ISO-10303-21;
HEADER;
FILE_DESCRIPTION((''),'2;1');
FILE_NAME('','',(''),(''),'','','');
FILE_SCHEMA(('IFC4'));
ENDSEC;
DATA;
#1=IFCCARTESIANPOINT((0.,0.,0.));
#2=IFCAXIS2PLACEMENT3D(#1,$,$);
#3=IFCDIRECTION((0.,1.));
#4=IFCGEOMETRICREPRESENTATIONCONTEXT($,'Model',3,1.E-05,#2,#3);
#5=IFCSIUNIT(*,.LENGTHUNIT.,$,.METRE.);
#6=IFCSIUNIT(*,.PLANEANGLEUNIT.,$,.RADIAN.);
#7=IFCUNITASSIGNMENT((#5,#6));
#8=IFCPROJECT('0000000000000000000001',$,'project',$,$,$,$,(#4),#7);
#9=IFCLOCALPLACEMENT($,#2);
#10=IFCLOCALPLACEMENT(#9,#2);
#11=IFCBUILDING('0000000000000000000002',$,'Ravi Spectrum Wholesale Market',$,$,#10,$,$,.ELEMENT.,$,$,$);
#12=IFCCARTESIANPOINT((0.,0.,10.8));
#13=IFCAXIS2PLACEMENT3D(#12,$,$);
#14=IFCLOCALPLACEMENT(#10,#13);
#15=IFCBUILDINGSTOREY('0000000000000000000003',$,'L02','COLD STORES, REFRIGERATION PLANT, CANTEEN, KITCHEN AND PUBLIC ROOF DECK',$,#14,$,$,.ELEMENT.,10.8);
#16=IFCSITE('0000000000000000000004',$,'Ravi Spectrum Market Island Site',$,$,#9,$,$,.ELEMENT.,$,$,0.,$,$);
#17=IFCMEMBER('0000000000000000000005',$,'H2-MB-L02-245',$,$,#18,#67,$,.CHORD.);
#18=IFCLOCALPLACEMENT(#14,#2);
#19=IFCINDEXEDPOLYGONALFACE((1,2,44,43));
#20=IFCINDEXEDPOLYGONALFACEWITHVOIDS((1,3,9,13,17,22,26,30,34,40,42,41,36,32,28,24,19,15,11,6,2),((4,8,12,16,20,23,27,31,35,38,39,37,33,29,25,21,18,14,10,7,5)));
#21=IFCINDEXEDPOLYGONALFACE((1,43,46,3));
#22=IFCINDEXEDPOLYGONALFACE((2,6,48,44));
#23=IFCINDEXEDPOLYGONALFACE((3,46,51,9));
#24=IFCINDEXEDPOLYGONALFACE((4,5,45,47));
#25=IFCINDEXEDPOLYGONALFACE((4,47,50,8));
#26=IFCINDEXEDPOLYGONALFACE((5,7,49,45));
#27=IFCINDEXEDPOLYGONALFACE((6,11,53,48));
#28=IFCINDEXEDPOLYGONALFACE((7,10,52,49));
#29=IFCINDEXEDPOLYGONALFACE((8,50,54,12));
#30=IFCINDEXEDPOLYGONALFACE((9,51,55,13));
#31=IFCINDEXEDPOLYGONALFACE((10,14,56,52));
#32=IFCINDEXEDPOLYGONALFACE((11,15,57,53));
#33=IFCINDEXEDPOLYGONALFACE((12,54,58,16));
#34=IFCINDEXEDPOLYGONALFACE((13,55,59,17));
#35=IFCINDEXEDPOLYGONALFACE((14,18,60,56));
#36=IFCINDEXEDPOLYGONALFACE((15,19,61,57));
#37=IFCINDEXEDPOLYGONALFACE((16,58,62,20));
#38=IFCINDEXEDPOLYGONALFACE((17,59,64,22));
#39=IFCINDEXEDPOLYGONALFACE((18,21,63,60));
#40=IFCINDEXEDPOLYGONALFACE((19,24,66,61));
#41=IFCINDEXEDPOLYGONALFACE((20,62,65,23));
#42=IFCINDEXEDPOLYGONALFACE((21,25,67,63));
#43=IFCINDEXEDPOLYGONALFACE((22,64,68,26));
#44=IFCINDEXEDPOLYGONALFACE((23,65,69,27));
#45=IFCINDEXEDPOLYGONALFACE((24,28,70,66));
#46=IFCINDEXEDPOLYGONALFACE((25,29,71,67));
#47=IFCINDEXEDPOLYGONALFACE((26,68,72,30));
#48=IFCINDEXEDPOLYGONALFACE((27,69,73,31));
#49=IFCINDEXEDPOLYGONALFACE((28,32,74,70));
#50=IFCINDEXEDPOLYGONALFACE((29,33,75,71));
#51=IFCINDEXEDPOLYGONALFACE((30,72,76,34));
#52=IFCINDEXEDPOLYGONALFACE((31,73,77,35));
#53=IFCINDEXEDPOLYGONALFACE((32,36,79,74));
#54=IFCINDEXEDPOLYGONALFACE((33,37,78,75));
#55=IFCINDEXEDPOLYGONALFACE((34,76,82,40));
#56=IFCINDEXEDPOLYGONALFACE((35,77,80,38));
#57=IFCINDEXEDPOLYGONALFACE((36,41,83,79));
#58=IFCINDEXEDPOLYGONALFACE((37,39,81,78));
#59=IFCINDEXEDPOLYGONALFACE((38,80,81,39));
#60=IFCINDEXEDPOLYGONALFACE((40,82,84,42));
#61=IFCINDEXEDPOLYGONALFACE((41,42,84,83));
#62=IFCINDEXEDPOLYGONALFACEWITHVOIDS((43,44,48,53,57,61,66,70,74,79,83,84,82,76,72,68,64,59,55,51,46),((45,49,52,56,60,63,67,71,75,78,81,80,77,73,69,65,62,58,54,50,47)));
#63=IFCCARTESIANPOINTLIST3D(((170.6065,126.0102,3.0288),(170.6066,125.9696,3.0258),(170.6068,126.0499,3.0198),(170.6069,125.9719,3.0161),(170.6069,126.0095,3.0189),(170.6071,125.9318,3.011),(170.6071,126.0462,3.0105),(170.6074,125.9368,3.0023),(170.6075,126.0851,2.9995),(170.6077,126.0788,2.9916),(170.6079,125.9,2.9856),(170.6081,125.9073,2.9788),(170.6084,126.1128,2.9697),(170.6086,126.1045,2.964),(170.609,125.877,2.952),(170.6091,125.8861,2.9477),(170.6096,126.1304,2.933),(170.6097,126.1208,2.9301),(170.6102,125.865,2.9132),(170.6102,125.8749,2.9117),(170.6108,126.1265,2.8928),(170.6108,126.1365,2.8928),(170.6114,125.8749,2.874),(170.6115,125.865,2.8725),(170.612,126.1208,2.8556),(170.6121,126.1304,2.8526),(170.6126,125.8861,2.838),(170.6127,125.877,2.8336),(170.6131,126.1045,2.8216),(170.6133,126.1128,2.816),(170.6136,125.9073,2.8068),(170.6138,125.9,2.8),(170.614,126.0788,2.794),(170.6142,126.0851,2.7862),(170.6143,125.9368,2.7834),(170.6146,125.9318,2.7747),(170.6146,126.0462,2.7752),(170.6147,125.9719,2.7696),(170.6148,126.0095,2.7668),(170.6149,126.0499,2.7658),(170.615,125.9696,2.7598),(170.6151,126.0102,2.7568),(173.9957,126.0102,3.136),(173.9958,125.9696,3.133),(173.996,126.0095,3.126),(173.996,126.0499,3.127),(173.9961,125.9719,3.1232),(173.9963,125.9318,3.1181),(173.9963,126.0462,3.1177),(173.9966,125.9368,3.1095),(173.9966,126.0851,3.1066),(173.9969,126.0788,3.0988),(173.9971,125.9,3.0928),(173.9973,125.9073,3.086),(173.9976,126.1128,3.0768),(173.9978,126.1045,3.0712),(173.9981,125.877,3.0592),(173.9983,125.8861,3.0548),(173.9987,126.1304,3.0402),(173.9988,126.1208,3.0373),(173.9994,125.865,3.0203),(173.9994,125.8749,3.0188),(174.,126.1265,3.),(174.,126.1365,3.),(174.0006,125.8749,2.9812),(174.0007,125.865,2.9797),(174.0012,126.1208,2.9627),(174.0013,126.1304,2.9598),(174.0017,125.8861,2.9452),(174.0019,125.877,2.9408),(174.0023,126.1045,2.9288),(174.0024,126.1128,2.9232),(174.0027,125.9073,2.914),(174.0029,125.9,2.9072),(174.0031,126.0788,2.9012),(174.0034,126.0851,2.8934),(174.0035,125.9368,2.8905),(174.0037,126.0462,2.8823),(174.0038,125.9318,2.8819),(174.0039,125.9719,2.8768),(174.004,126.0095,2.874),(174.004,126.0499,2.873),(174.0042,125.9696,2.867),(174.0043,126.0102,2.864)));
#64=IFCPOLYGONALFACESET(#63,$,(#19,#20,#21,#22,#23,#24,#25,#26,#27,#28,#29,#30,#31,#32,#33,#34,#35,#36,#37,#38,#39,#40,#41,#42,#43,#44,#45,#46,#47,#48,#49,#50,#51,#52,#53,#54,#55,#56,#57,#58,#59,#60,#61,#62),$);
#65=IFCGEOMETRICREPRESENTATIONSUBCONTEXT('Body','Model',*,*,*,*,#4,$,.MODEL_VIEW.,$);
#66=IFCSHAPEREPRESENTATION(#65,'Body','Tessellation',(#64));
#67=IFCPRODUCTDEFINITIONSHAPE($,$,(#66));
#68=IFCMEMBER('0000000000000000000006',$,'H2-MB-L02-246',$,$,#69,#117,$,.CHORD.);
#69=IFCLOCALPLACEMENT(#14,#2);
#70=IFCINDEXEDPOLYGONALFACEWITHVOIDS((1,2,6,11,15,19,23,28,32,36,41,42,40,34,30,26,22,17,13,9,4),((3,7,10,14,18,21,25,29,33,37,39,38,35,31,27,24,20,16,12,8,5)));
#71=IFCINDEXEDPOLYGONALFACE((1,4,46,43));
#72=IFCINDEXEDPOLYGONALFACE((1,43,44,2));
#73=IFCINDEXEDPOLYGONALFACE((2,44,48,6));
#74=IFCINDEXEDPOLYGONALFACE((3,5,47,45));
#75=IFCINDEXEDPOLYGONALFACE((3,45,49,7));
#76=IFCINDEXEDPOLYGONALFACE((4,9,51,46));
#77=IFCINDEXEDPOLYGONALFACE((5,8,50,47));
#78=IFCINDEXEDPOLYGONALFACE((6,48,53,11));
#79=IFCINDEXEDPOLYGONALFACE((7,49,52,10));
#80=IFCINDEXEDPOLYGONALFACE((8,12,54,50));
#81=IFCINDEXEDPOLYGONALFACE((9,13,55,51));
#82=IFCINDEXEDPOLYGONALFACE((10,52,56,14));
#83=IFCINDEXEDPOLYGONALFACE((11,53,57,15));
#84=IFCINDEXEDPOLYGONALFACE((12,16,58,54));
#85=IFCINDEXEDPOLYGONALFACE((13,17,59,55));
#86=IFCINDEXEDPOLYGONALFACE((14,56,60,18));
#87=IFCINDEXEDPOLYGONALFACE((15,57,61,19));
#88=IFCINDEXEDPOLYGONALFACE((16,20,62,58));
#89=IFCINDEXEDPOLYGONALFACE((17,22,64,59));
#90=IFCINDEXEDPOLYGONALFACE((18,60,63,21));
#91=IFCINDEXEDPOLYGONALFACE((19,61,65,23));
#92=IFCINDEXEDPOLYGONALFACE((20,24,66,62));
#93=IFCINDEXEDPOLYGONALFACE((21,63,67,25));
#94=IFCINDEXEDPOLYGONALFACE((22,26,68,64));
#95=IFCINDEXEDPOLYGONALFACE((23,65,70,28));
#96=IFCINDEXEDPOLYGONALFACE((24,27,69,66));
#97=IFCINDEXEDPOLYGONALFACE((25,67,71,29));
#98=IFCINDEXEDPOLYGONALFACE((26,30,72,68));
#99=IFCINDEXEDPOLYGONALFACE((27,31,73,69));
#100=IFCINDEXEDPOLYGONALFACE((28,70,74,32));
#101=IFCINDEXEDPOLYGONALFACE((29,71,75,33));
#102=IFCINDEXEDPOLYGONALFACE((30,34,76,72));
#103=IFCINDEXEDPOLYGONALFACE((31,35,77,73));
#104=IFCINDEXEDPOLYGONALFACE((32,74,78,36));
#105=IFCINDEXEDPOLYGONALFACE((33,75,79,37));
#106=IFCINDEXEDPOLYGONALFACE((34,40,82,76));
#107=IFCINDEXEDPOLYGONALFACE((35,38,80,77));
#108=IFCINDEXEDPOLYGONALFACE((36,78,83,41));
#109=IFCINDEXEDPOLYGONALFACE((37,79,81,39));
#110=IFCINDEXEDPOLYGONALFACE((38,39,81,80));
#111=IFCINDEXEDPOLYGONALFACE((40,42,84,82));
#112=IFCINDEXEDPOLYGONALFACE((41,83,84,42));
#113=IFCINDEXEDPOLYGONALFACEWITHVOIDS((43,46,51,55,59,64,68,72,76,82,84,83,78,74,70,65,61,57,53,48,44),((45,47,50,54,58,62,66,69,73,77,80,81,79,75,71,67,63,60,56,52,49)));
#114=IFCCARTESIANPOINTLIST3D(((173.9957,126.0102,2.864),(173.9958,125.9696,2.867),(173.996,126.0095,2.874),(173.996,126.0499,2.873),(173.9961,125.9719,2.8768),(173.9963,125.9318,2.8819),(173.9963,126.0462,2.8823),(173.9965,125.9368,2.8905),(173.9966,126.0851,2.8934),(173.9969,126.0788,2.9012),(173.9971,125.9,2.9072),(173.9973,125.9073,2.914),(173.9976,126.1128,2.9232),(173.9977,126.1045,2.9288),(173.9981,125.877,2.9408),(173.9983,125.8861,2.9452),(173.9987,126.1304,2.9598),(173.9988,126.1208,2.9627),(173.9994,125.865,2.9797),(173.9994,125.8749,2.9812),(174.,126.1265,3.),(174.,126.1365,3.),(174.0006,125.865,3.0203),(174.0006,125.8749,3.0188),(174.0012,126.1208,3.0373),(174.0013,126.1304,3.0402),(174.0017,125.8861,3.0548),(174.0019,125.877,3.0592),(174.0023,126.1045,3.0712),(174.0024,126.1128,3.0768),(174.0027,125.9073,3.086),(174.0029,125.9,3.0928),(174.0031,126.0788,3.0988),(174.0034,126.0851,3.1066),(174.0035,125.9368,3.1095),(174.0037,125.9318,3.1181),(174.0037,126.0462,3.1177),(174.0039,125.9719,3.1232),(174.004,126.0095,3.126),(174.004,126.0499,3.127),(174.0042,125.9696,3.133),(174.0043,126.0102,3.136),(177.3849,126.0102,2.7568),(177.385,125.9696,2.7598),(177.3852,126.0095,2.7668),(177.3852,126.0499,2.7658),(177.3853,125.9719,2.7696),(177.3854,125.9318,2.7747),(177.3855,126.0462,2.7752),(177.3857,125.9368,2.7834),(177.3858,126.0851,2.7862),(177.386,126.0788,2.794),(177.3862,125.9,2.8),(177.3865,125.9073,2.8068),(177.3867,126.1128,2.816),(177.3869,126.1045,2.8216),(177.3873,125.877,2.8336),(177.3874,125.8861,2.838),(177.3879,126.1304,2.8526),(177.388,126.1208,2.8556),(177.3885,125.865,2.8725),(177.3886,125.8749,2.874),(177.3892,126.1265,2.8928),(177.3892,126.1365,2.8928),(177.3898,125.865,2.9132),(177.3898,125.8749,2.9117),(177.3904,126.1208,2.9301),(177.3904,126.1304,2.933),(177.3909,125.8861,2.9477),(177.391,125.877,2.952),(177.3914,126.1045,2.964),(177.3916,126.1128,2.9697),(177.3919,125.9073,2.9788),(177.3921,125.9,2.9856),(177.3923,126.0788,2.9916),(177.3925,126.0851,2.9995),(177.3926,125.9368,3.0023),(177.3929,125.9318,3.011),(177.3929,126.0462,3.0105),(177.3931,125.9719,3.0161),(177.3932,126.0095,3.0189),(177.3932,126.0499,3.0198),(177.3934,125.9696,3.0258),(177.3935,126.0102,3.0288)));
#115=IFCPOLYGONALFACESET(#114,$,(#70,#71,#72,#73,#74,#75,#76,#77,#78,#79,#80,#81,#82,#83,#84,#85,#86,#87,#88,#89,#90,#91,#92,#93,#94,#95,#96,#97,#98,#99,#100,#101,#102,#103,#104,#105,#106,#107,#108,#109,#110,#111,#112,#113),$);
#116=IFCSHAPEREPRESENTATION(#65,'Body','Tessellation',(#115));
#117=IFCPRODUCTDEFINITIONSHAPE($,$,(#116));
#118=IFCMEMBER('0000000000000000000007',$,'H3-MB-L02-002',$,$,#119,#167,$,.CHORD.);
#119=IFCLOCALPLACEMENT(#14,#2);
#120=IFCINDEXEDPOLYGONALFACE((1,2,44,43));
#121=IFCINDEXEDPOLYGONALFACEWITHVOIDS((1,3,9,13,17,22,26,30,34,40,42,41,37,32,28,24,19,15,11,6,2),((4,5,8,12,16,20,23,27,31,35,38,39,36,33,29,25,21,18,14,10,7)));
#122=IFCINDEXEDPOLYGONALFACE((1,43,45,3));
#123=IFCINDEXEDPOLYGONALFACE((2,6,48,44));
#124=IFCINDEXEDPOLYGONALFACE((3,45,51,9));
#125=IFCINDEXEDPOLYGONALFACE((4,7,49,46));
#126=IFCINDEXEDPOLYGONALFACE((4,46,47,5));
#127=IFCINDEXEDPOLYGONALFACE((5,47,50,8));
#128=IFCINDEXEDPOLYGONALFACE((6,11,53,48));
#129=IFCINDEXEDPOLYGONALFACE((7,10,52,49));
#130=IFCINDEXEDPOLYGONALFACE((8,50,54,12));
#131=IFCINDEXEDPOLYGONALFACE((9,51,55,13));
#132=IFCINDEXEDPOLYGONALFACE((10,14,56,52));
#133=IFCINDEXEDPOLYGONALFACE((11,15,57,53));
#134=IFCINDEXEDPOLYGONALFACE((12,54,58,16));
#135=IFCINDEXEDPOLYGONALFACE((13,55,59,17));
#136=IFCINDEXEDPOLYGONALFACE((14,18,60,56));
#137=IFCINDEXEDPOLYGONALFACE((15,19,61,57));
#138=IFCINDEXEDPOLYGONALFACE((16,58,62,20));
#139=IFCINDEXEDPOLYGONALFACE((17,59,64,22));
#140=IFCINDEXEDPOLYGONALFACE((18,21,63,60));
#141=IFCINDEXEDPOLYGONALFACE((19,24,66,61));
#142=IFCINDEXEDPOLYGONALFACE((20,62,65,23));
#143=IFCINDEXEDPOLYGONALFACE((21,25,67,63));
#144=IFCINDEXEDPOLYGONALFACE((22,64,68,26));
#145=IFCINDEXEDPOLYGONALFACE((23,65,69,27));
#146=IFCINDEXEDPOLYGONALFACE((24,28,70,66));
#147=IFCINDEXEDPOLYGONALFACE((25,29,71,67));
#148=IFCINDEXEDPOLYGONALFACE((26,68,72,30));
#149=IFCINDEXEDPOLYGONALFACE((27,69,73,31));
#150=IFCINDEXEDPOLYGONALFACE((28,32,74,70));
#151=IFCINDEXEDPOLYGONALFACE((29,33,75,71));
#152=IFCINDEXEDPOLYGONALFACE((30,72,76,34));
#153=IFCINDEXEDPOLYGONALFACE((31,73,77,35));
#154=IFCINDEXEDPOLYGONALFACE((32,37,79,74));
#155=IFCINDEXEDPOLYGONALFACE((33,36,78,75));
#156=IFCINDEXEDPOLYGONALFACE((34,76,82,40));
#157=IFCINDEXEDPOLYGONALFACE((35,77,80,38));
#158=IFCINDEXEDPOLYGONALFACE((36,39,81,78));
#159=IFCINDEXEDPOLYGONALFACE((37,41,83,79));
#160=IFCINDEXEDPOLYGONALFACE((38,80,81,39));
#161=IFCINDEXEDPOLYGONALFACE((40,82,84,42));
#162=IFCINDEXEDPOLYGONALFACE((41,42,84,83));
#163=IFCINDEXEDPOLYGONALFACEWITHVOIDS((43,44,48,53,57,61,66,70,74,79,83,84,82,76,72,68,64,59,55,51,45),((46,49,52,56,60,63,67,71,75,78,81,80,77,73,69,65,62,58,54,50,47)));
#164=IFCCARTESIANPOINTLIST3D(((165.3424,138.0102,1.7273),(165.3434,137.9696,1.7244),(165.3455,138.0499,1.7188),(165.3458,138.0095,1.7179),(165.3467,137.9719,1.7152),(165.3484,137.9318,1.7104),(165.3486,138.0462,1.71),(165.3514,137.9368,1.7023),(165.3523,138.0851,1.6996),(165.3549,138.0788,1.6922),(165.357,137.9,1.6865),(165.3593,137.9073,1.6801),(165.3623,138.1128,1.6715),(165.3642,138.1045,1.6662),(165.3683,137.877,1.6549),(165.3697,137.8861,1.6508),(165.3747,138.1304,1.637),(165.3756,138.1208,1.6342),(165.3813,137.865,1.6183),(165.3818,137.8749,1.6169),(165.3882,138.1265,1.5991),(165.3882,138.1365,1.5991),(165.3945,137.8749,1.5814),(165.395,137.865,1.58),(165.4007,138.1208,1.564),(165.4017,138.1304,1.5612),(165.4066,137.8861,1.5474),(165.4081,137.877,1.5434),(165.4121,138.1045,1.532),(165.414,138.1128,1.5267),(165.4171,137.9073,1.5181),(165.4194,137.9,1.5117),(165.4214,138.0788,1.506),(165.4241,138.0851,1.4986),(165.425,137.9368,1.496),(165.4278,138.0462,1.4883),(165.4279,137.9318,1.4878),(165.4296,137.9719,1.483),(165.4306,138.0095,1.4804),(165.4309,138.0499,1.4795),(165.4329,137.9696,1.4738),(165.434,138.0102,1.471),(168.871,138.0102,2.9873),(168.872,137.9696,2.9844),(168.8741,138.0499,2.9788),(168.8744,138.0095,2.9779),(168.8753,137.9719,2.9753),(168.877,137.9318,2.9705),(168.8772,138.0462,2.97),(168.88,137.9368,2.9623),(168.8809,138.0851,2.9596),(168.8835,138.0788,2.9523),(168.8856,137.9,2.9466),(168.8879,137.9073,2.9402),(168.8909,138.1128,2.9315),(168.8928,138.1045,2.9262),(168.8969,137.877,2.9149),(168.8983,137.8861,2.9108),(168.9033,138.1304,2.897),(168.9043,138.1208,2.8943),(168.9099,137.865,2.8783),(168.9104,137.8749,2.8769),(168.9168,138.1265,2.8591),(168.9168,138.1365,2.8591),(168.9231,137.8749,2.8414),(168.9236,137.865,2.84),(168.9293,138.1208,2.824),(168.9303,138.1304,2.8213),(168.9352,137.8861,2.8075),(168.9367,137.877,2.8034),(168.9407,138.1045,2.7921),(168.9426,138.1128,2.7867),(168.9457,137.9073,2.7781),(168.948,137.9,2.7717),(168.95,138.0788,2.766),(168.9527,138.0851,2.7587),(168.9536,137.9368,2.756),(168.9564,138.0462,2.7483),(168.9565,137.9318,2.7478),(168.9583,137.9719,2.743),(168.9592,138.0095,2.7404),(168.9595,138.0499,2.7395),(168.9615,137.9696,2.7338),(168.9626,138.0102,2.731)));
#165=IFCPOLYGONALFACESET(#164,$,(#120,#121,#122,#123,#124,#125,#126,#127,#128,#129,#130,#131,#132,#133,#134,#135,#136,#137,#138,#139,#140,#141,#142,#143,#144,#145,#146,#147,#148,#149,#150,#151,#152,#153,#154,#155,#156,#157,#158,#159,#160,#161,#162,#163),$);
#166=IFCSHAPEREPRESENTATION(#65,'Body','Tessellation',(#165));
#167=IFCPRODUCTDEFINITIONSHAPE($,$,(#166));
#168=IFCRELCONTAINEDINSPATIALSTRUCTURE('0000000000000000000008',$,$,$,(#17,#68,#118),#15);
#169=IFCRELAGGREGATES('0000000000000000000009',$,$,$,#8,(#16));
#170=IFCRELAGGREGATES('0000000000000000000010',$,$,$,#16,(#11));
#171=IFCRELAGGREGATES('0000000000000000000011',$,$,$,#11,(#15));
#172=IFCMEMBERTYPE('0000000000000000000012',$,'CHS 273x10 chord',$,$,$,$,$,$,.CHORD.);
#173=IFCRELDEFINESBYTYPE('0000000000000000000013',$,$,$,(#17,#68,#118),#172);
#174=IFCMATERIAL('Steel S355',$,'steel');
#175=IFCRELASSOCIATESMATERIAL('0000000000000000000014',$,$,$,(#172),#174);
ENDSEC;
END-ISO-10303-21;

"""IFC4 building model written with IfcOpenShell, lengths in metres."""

from ifc_helpers import new_model, si_unit, direction, frame, origin, origin_2d, place, context, subcontext, project, spatial, hollow_circle, extrude, material, material_profile, profile_set, type_object, element, save


model = new_model("IFC4")

# Units and contexts
model_context = context("Model", 3, precision=1e-05, world=origin(), true_north=direction((0.0, 1.0)))
body_context = subcontext(model_context, "Body", "Model", "MODEL_VIEW")
ifc_project = project(units=[si_unit("LENGTHUNIT", "METRE"), si_unit("PLANEANGLEUNIT", "RADIAN")], contexts=[model_context])

# Site, building, storey
site_placement = place(None, origin())
site = spatial("IfcSite", under=ifc_project, at=site_placement, Name="Ravi Spectrum Market Island Site", CompositionType="ELEMENT", RefElevation=0.0)
building_placement = place(site_placement, origin())
building = spatial("IfcBuilding", under=site, at=building_placement, Name="Ravi Spectrum Wholesale Market", CompositionType="ELEMENT")
storey_placement = place(building_placement, frame((0.0, 0.0, 10.8)))
storey = spatial("IfcBuildingStorey", under=building, at=storey_placement, Name="L02", Description="COLD STORES, REFRIGERATION PLANT, CANTEEN, KITCHEN AND PUBLIC ROOF DECK", CompositionType="ELEMENT", Elevation=10.8)

# Members
ifc_material_1 = material(Name="Steel S355", Category="steel")
ifc_material_profile_1 = material_profile(ifc_material_1, hollow_circle(Radius=0.1365, WallThickness=0.01, at=origin_2d()))
ifc_profile_set_1 = profile_set([ifc_material_profile_1], Name="Steel S355")
member_type_1 = type_object("IfcMemberType", Name="CHS 273x10 chord", PredefinedType="CHORD", material=ifc_profile_set_1)
for number, where, z_axis, x_axis, name in (
    (1, (170.6108, 126.0, 2.8928), (0.9995, 0.0, 0.031608), (0.0, 1.0, 0.0), "H2-MB-L02-245"),
    (2, (174.0, 126.0, 3.0), (0.9995, 0.0, -0.031608), (0.0, 1.0, 0.0), "H2-MB-L02-246"),
):
    element("IfcMember", number, at=place(storey_placement, frame(where, z_axis=z_axis, x_axis=x_axis)), inside=storey, type_object=member_type_1, Name=name, PredefinedType="CHORD", context=body_context, shape_type="SweptSolid", body=[
        extrude(hollow_circle(Radius=0.1365, WallThickness=0.01, at=origin_2d()), origin(), (0.0, 0.0, 1.0), 3.3909),
    ])
member_1_placement = place(storey_placement, frame((165.3882, 138.0, 1.5991), z_axis=(0.941758, 0.0, 0.336291), x_axis=(0.0, 1.0, 0.0)))
element("IfcMember", 3, at=member_1_placement, inside=storey, type_object=member_type_1, Name="H3-MB-L02-002", PredefinedType="CHORD", context=body_context, shape_type="SweptSolid", body=[
    extrude(hollow_circle(Radius=0.1365, WallThickness=0.01, at=origin_2d()), origin(), (0.0, 0.0, 1.0), 3.7468),
])

save(model, "model.ifc")
